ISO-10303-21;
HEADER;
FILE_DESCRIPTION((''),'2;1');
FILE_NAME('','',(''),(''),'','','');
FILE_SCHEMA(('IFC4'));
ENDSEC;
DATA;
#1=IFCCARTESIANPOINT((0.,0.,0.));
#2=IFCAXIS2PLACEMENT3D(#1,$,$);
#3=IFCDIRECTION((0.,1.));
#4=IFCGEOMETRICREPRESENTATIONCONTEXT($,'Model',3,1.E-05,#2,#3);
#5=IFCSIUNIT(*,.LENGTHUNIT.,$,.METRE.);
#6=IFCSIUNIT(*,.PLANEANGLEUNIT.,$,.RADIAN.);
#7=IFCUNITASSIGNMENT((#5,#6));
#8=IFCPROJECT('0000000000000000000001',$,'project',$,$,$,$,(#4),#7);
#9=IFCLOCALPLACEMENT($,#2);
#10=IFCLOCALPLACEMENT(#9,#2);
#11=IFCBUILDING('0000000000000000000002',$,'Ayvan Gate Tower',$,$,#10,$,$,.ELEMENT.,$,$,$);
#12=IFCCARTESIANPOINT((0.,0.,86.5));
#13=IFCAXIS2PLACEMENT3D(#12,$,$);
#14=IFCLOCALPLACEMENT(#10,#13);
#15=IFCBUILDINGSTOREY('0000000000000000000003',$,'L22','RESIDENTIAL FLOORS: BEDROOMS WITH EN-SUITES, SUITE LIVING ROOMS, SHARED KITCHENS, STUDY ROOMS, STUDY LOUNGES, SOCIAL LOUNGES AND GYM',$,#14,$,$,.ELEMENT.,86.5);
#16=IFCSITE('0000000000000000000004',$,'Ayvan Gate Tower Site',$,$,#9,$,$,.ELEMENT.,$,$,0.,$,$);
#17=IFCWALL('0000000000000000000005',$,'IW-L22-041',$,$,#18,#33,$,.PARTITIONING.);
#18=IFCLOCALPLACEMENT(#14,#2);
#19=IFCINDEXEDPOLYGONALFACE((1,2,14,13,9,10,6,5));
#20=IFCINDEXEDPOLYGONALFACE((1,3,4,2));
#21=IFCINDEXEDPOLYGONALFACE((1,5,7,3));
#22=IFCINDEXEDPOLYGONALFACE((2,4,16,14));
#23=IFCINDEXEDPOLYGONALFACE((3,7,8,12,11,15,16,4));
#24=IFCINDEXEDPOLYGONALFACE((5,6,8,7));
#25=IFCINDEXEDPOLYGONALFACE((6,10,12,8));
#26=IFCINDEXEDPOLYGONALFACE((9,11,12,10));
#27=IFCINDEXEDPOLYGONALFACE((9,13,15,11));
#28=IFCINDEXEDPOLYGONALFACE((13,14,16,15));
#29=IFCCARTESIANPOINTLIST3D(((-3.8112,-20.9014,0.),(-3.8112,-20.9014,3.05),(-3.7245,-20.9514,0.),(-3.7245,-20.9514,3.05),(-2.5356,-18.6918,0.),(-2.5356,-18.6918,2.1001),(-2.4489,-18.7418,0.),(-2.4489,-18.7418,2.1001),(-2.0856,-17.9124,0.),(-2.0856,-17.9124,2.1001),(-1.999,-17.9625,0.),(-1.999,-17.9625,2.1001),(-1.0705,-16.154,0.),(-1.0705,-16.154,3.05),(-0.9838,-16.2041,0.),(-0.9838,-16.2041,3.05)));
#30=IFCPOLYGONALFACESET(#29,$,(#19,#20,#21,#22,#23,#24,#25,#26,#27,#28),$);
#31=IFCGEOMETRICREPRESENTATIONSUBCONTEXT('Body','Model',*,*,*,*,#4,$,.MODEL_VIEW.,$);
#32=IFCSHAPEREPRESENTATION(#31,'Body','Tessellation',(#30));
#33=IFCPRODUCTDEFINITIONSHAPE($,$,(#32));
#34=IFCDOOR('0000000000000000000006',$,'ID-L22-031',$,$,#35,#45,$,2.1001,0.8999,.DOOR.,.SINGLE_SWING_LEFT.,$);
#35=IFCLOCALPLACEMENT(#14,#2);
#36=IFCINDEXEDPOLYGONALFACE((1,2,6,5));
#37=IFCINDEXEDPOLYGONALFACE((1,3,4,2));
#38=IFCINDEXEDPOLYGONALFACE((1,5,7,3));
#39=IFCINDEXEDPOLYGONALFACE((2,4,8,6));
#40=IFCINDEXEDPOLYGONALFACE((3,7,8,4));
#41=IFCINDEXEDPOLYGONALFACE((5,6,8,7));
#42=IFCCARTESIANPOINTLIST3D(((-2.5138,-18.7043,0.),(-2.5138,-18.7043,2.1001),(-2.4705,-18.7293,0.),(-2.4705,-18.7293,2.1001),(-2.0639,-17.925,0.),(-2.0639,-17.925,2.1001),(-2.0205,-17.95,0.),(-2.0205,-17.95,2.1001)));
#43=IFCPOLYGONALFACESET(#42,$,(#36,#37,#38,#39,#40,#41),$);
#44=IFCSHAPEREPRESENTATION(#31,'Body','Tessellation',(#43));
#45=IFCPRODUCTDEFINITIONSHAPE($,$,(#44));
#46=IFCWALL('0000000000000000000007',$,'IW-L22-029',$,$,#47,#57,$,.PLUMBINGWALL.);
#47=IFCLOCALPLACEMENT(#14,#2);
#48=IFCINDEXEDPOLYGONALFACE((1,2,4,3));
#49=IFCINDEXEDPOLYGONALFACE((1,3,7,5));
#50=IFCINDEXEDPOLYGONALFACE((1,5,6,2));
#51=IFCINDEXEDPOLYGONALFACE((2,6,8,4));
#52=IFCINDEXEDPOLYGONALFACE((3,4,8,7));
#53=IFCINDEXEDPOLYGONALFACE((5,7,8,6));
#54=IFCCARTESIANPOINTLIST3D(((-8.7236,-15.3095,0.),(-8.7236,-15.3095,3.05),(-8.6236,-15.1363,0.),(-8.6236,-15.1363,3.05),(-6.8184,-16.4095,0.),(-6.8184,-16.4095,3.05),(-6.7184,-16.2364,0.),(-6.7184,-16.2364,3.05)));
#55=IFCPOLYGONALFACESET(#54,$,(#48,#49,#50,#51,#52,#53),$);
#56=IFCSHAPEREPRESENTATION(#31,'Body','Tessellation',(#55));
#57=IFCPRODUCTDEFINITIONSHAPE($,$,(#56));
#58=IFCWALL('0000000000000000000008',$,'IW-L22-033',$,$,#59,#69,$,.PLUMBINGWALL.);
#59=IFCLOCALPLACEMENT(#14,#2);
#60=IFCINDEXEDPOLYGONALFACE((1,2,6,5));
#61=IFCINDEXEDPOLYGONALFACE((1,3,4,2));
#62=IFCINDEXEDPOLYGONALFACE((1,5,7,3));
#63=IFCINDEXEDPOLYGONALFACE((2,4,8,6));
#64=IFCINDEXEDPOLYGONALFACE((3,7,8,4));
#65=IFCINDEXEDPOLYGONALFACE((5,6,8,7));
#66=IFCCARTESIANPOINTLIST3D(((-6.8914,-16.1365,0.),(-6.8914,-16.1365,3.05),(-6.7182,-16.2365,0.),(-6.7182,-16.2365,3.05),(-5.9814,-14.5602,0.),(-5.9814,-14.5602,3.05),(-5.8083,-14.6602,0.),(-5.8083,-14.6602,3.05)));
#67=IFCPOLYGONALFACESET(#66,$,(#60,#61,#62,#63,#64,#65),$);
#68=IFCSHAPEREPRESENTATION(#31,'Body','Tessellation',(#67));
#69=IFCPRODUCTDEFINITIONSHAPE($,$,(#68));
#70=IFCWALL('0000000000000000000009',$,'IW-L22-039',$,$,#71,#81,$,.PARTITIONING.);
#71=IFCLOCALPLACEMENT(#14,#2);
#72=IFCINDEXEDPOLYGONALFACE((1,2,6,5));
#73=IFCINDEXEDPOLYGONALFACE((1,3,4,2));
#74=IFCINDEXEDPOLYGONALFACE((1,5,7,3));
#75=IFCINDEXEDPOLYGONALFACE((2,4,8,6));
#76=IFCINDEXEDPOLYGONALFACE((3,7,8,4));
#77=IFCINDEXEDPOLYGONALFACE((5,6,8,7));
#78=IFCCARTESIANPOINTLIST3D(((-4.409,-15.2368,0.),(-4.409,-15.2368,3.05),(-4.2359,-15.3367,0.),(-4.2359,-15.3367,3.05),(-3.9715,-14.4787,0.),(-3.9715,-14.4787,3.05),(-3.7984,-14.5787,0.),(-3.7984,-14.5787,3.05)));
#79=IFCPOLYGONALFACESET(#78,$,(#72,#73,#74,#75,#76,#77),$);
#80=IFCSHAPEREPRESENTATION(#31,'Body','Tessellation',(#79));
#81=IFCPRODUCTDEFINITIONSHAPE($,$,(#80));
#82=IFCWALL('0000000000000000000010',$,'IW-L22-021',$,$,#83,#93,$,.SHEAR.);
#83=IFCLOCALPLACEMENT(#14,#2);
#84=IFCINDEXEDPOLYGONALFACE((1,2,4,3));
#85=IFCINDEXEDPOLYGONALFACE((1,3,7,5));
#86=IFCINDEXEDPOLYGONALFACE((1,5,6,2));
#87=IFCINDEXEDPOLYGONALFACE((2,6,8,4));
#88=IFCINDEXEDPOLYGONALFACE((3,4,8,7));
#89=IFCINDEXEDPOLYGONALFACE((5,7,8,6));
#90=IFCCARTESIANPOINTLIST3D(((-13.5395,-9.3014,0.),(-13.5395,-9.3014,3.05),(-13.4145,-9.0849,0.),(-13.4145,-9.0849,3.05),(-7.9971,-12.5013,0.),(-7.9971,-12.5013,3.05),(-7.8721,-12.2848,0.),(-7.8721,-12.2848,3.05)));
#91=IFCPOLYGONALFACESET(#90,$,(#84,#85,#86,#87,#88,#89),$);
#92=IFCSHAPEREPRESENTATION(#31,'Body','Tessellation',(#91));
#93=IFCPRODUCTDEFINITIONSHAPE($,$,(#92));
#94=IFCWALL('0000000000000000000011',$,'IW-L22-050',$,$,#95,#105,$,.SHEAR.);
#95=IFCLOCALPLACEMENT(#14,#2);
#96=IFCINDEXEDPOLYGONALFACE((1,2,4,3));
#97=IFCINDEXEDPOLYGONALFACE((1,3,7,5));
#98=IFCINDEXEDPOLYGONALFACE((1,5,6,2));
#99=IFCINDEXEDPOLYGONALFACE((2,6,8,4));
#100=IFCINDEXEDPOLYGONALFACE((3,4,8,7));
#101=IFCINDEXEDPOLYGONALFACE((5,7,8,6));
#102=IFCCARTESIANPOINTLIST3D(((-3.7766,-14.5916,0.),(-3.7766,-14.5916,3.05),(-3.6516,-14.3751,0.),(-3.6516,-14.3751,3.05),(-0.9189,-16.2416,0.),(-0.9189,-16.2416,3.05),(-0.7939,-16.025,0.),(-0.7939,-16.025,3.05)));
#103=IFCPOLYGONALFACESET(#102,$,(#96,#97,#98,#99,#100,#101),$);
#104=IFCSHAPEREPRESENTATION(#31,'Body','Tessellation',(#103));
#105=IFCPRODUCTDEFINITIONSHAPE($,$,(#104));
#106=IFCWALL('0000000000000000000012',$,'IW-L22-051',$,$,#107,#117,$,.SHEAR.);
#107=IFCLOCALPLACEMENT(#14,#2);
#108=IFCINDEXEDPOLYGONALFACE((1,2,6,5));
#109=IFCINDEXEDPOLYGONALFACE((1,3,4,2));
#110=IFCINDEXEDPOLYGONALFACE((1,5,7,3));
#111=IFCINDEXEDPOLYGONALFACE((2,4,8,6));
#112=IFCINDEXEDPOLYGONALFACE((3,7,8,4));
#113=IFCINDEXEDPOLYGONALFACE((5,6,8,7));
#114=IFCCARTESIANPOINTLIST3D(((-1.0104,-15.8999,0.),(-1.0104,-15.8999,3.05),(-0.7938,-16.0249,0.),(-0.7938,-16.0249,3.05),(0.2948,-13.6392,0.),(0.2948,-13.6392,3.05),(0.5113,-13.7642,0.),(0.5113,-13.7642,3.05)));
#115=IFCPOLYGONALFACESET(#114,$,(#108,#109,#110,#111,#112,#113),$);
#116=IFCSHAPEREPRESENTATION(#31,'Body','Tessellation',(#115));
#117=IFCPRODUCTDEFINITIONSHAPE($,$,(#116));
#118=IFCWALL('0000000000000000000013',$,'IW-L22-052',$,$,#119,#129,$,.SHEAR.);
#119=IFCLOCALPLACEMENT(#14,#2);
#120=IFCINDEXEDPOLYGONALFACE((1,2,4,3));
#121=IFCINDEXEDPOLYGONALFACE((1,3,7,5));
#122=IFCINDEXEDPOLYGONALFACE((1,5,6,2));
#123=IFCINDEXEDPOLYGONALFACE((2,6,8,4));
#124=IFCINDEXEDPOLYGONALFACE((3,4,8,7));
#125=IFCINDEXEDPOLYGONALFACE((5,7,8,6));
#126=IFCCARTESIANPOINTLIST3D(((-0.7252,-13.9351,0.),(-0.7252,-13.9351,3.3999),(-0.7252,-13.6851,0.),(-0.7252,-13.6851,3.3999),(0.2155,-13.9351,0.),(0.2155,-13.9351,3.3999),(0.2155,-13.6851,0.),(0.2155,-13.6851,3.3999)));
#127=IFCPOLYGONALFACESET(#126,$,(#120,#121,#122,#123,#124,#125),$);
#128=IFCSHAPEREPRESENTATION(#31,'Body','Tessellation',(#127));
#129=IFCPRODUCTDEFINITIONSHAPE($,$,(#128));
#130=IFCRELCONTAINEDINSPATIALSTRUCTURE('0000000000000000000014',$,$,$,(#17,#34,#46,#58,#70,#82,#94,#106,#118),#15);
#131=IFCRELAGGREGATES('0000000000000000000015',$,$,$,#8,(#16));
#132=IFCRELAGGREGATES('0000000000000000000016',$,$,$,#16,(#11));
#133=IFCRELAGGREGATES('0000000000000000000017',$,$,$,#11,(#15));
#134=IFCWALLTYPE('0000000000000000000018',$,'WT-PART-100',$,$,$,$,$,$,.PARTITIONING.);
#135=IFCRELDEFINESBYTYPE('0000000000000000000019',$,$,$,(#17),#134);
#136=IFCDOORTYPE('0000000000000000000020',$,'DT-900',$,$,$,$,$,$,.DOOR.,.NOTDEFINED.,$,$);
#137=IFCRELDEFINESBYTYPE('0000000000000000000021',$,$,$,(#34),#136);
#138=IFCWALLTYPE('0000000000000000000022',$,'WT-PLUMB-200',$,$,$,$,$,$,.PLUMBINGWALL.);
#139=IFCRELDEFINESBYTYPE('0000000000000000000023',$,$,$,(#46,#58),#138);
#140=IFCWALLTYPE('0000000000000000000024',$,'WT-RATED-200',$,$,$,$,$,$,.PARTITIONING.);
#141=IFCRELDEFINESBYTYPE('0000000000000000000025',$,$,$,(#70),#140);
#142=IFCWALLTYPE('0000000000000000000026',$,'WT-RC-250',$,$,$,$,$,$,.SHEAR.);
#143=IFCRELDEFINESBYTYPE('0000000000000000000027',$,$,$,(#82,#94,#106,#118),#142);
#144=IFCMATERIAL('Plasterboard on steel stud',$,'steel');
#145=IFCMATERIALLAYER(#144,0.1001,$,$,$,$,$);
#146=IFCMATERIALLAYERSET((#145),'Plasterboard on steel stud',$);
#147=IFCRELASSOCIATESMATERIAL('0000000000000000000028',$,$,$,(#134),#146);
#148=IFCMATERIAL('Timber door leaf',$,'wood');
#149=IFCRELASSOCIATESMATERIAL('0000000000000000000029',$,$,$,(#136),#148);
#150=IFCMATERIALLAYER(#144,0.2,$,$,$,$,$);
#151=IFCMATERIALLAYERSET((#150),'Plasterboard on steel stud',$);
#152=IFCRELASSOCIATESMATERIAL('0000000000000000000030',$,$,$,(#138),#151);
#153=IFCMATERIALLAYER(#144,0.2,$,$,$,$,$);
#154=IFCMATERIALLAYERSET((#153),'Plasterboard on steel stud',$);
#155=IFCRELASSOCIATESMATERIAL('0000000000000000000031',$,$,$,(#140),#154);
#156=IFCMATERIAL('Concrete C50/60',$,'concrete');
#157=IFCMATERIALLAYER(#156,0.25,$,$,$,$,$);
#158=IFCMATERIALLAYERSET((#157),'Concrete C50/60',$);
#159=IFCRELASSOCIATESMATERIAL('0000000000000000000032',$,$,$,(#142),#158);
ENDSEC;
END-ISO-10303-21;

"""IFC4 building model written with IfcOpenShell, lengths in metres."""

from ifc_helpers import new_model, si_unit, direction, frame, frame_2d, origin, place, context, subcontext, project, spatial, rectangle, extrude, material, layer, layer_set, type_object, element, fill, save


model = new_model("IFC4")

# Units and contexts
model_context = context("Model", 3, precision=1e-05, world=origin(), true_north=direction((0.0, 1.0)))
body_context = subcontext(model_context, "Body", "Model", "MODEL_VIEW")
ifc_project = project(units=[si_unit("LENGTHUNIT", "METRE"), si_unit("PLANEANGLEUNIT", "RADIAN")], contexts=[model_context])

# Site, building, storey
site_placement = place(None, origin())
site = spatial("IfcSite", under=ifc_project, at=site_placement, Name="Ayvan Gate Tower Site", CompositionType="ELEMENT", RefElevation=0.0)
building_placement = place(site_placement, origin())
building = spatial("IfcBuilding", under=site, at=building_placement, Name="Ayvan Gate Tower", CompositionType="ELEMENT")
storey_placement = place(building_placement, frame((0.0, 0.0, 86.5)))
storey = spatial("IfcBuildingStorey", under=building, at=storey_placement, Name="L22", Description="RESIDENTIAL FLOORS: BEDROOMS WITH EN-SUITES, SUITE LIVING ROOMS, SHARED KITCHENS, STUDY ROOMS, STUDY LOUNGES, SOCIAL LOUNGES AND GYM", CompositionType="ELEMENT", Elevation=86.5)

# Wall, opening, door
ifc_material_1 = material(Name="Plasterboard on steel stud", Category="steel")
ifc_layer_1 = layer(ifc_material_1, 0.1001)
ifc_layer_set_1 = layer_set([ifc_layer_1], Name="Plasterboard on steel stud")
wall_type_1 = type_object("IfcWallType", Name="WT-PART-100", PredefinedType="PARTITIONING", material=ifc_layer_set_1)
wall_1_placement = place(storey_placement, frame((-3.7678, -20.9263, 0.0), z_axis=(0.0, 0.0, 1.0), x_axis=(0.499981, 0.866037, 0.0)))
wall_1 = element("IfcWall", 1, at=wall_1_placement, inside=storey, type_object=wall_type_1, Name="IW-L22-041", PredefinedType="PARTITIONING", context=body_context, shape_type="SweptSolid", body=[
    extrude(rectangle(XDim=5.4817, YDim=0.1001, at=frame_2d((2.7407, 0.0))), origin(), (0.0, 0.0, 1.0), 3.05),
])
opening_placement = place(wall_1_placement, frame((2.5513, 0.0, 0.0)))
opening = element("IfcOpeningElement", 2, at=opening_placement, cuts=wall_1, PredefinedType="OPENING", context=body_context, shape_type="SweptSolid", body=[
    extrude(rectangle(XDim=0.8999, YDim=2.1001, at=frame_2d((0.45, 1.05))), frame((0.0, 0.0601, 0.0), z_axis=(0.0, -1.0, 0.0), x_axis=(1.0, 0.0, 0.0)), (0.0, 0.0, 1.0), 0.1201),
])
ifc_material_2 = material(Name="Timber door leaf", Category="wood")
door_type = type_object("IfcDoorType", Name="DT-900", OperationType="NOTDEFINED", PredefinedType="DOOR", material=ifc_material_2)
door_placement = place(opening_placement, origin())
door = element("IfcDoor", 3, at=door_placement, inside=storey, type_object=door_type, Name="ID-L22-031", OperationType="SINGLE_SWING_LEFT", OverallHeight=2.1001, OverallWidth=0.8999, PredefinedType="DOOR", context=body_context, shape_type="SweptSolid", body=[
    extrude(rectangle(XDim=0.8999, YDim=2.1001, at=frame_2d((0.45, 1.05))), frame((0.0, 0.0249, 0.0), z_axis=(0.0, -1.0, 0.0), x_axis=(1.0, 0.0, 0.0)), (0.0, 0.0, 1.0), 0.05),
])
fill(opening, door)

# Walls
ifc_layer_2 = layer(ifc_material_1, 0.2)
ifc_layer_set_2 = layer_set([ifc_layer_2], Name="Plasterboard on steel stud")
wall_type_2 = type_object("IfcWallType", Name="WT-PLUMB-200", PredefinedType="PLUMBINGWALL", material=ifc_layer_set_2)
wall_2_placement = place(storey_placement, frame((-6.7683, -16.323, 0.0), z_axis=(0.0, 0.0, 1.0), x_axis=(-0.866008, 0.50003, 0.0)))
element("IfcWall", 4, at=wall_2_placement, inside=storey, type_object=wall_type_2, Name="IW-L22-029", PredefinedType="PLUMBINGWALL", context=body_context, shape_type="SweptSolid", body=[
    extrude(rectangle(XDim=2.2, YDim=0.2, at=frame_2d((1.1001, 0.0))), origin(), (0.0, 0.0, 1.0), 3.05),
])
wall_3_placement = place(storey_placement, frame((-5.8948, -14.6101, 0.0), z_axis=(0.0, 0.0, 1.0), x_axis=(-0.499962, -0.866047, 0.0)))
element("IfcWall", 5, at=wall_3_placement, inside=storey, type_object=wall_type_2, Name="IW-L22-033", PredefinedType="PLUMBINGWALL", context=body_context, shape_type="SweptSolid", body=[
    extrude(rectangle(XDim=1.8201, YDim=0.2, at=frame_2d((0.9102, 0.0))), origin(), (0.0, 0.0, 1.0), 3.05),
])
ifc_layer_3 = layer(ifc_material_1, 0.2)
ifc_layer_set_3 = layer_set([ifc_layer_3], Name="Plasterboard on steel stud")
wall_type_3 = type_object("IfcWallType", Name="WT-RATED-200", PredefinedType="PARTITIONING", material=ifc_layer_set_3)
wall_4_placement = place(storey_placement, frame((-3.885, -14.5288, 0.0), z_axis=(0.0, 0.0, 1.0), x_axis=(-0.499859, -0.866107, 0.0)))
element("IfcWall", 6, at=wall_4_placement, inside=storey, type_object=wall_type_3, Name="IW-L22-039", PredefinedType="PARTITIONING", context=body_context, shape_type="SweptSolid", body=[
    extrude(rectangle(XDim=0.8752, YDim=0.2, at=frame_2d((0.4375, 0.0))), origin(), (0.0, 0.0, 1.0), 3.05),
])
ifc_material_3 = material(Name="Concrete C50/60", Category="concrete")
ifc_layer_4 = layer(ifc_material_3, 0.25)
ifc_layer_set_4 = layer_set([ifc_layer_4], Name="Concrete C50/60")
wall_type_4 = type_object("IfcWallType", Name="WT-RC-250", PredefinedType="SHEAR", material=ifc_layer_set_4)
wall_5_placement = place(storey_placement, frame((-7.9346, -12.3931, 0.0), z_axis=(0.0, 0.0, 1.0), x_axis=(-0.866025, 0.5, 0.0)))
element("IfcWall", 7, at=wall_5_placement, inside=storey, type_object=wall_type_4, Name="IW-L22-021", PredefinedType="SHEAR", context=body_context, shape_type="SweptSolid", body=[
    extrude(rectangle(XDim=6.3999, YDim=0.25, at=frame_2d((3.2, 0.0))), origin(), (0.0, 0.0, 1.0), 3.05),
])
wall_6_placement = place(storey_placement, frame((-0.8564, -16.1333, 0.0), z_axis=(0.0, 0.0, 1.0), x_axis=(-0.866022, 0.500006, 0.0)))
element("IfcWall", 8, at=wall_6_placement, inside=storey, type_object=wall_type_4, Name="IW-L22-050", PredefinedType="SHEAR", context=body_context, shape_type="SweptSolid", body=[
    extrude(rectangle(XDim=3.2998, YDim=0.25, at=frame_2d((1.6499, 0.0))), origin(), (0.0, 0.0, 1.0), 3.05),
])
wall_7_placement = place(storey_placement, frame((-0.9021, -15.9624, 0.0), z_axis=(0.0, 0.0, 1.0), x_axis=(0.499982, 0.866036, 0.0)))
element("IfcWall", 9, at=wall_7_placement, inside=storey, type_object=wall_type_4, Name="IW-L22-051", PredefinedType="SHEAR", context=body_context, shape_type="SweptSolid", body=[
    extrude(rectangle(XDim=2.6104, YDim=0.25, at=frame_2d((1.3052, 0.0))), origin(), (0.0, 0.0, 1.0), 3.05),
])
wall_8_placement = place(storey_placement, frame((-0.7251, -13.8101, 0.0), z_axis=(0.0, 0.0, 1.0), x_axis=(1.0, 0.0, 0.0)))
element("IfcWall", 10, at=wall_8_placement, inside=storey, type_object=wall_type_4, Name="IW-L22-052", PredefinedType="SHEAR", context=body_context, shape_type="SweptSolid", body=[
    extrude(rectangle(XDim=0.9407, YDim=0.25, at=frame_2d((0.4702, 0.0))), origin(), (0.0, 0.0, 1.0), 3.3999),
])

save(model, "model.ifc")
